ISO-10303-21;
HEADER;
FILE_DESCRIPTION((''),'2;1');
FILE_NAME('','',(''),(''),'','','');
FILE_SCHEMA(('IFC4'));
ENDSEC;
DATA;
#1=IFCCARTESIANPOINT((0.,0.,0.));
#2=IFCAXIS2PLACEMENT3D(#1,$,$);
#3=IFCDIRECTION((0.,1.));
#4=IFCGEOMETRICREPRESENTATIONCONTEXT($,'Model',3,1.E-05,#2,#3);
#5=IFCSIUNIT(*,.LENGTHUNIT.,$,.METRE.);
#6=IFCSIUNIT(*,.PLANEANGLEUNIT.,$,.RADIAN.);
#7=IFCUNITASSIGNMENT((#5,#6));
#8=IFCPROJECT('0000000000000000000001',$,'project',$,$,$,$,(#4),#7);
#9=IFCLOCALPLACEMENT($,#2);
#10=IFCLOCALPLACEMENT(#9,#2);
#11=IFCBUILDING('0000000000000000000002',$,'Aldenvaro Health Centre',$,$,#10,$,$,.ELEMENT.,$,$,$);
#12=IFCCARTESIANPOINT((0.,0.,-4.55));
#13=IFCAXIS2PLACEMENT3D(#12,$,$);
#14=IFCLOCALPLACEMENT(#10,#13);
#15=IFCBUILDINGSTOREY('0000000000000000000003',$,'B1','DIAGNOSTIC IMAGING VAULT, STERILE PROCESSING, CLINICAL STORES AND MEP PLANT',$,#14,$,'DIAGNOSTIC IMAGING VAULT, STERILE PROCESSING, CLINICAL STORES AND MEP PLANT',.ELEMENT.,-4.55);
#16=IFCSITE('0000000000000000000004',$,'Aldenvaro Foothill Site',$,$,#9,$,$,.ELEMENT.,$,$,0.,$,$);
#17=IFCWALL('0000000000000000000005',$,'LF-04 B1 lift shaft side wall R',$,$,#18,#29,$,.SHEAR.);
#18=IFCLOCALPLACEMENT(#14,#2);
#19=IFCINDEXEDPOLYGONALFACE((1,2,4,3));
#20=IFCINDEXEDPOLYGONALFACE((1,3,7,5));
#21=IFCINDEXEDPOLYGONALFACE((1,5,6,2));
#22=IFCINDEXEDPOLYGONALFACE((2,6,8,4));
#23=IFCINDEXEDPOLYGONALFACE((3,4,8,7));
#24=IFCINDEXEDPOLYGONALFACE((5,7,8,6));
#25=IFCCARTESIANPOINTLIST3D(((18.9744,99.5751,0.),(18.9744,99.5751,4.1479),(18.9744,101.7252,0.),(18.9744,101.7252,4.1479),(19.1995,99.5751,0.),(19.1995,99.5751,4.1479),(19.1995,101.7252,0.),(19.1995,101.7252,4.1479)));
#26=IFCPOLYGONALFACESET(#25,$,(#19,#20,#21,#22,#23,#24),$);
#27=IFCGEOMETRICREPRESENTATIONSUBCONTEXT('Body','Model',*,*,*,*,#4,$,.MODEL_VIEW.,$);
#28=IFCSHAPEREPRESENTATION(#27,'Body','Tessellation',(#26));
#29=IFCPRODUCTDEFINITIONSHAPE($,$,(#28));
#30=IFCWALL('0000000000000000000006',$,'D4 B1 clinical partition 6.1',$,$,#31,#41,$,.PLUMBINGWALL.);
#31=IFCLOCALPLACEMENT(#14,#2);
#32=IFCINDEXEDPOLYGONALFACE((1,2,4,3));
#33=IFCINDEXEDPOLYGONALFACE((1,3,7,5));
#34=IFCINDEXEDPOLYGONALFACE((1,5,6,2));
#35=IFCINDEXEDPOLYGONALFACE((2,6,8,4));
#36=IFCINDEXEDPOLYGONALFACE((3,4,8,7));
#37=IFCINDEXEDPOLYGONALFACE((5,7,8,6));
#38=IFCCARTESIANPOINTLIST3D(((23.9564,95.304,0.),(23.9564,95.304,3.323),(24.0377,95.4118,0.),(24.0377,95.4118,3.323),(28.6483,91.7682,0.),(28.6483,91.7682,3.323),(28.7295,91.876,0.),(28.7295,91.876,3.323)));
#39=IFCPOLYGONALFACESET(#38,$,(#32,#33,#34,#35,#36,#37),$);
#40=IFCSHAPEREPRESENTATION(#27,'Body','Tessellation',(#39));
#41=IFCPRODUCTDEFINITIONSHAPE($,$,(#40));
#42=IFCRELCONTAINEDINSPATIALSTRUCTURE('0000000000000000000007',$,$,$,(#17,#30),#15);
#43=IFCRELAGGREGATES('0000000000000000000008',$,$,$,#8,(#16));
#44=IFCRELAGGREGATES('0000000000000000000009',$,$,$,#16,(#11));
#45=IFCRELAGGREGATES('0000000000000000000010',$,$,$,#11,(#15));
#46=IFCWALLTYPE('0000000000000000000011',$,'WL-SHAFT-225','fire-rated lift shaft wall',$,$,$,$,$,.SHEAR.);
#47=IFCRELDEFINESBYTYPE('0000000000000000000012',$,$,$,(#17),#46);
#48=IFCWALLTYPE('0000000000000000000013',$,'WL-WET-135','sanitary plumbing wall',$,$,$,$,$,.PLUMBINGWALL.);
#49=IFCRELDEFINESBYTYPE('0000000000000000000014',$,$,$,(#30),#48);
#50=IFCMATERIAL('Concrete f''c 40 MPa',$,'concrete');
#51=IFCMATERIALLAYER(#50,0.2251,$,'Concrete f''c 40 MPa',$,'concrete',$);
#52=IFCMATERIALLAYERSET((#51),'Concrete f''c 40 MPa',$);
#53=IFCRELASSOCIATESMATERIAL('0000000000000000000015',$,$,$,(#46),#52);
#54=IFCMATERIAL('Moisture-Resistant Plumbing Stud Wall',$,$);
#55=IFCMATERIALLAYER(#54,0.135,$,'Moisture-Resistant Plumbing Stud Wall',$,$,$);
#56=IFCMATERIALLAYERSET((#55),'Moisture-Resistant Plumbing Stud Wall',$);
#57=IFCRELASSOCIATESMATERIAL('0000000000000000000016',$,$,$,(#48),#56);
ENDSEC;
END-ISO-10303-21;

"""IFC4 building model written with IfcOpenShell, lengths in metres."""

from ifc_helpers import new_model, si_unit, direction, frame, frame_2d, origin, place, context, subcontext, project, spatial, rectangle, extrude, material, layer, layer_set, type_object, element, save


model = new_model("IFC4")

# Units and contexts
model_context = context("Model", 3, precision=1e-05, world=origin(), true_north=direction((0.0, 1.0)))
body_context = subcontext(model_context, "Body", "Model", "MODEL_VIEW")
ifc_project = project(units=[si_unit("LENGTHUNIT", "METRE"), si_unit("PLANEANGLEUNIT", "RADIAN")], contexts=[model_context])

# Site, building, storey
site_placement = place(None, origin())
site = spatial("IfcSite", under=ifc_project, at=site_placement, Name="Aldenvaro Foothill Site", CompositionType="ELEMENT", RefElevation=0.0)
building_placement = place(site_placement, origin())
building = spatial("IfcBuilding", under=site, at=building_placement, Name="Aldenvaro Health Centre", CompositionType="ELEMENT")
storey_placement = place(building_placement, frame((0.0, 0.0, -4.55)))
storey = spatial("IfcBuildingStorey", under=building, at=storey_placement, Name="B1", Description="DIAGNOSTIC IMAGING VAULT, STERILE PROCESSING, CLINICAL STORES AND MEP PLANT", LongName="DIAGNOSTIC IMAGING VAULT, STERILE PROCESSING, CLINICAL STORES AND MEP PLANT", CompositionType="ELEMENT", Elevation=-4.55)

# Shared definitions
ifc_material_1 = material(Name="Concrete f'c 40 MPa", Category="concrete")

# Walls
ifc_layer_1 = layer(ifc_material_1, 0.2251, Name="Concrete f'c 40 MPa", Category="concrete")
ifc_layer_set_1 = layer_set([ifc_layer_1], Name="Concrete f'c 40 MPa")
wall_type_1 = type_object("IfcWallType", Name="WL-SHAFT-225", Description="fire-rated lift shaft wall", PredefinedType="SHEAR", material=ifc_layer_set_1)
wall_1_placement = place(storey_placement, frame((19.0869, 99.575, 0.0), z_axis=(0.0, 0.0, 1.0), x_axis=(0.0, 1.0, 0.0)))
element("IfcWall", 1, at=wall_1_placement, inside=storey, type_object=wall_type_1, Name="LF-04 B1 lift shaft side wall R", PredefinedType="SHEAR", context=body_context, shape_type="SweptSolid", body=[
    extrude(rectangle(XDim=2.1501, YDim=0.2251, at=frame_2d((1.0752, 0.0))), origin(), (0.0, 0.0, 1.0), 4.1479),
])
ifc_material_2 = material(Name="Moisture-Resistant Plumbing Stud Wall")
ifc_layer_2 = layer(ifc_material_2, 0.135, Name="Moisture-Resistant Plumbing Stud Wall")
ifc_layer_set_2 = layer_set([ifc_layer_2], Name="Moisture-Resistant Plumbing Stud Wall")
wall_type_2 = type_object("IfcWallType", Name="WL-WET-135", Description="sanitary plumbing wall", PredefinedType="PLUMBINGWALL", material=ifc_layer_set_2)
wall_2_placement = place(storey_placement, frame((23.9971, 95.3579, 0.0), z_axis=(0.0, 0.0, 1.0), x_axis=(0.798612, -0.601847, 0.0)))
element("IfcWall", 2, at=wall_2_placement, inside=storey, type_object=wall_type_2, Name="D4 B1 clinical partition 6.1", PredefinedType="PLUMBINGWALL", context=body_context, shape_type="SweptSolid", body=[
    extrude(rectangle(XDim=5.875, YDim=0.135, at=frame_2d((2.9375, 0.0))), origin(), (0.0, 0.0, 1.0), 3.323),
])

save(model, "model.ifc")
